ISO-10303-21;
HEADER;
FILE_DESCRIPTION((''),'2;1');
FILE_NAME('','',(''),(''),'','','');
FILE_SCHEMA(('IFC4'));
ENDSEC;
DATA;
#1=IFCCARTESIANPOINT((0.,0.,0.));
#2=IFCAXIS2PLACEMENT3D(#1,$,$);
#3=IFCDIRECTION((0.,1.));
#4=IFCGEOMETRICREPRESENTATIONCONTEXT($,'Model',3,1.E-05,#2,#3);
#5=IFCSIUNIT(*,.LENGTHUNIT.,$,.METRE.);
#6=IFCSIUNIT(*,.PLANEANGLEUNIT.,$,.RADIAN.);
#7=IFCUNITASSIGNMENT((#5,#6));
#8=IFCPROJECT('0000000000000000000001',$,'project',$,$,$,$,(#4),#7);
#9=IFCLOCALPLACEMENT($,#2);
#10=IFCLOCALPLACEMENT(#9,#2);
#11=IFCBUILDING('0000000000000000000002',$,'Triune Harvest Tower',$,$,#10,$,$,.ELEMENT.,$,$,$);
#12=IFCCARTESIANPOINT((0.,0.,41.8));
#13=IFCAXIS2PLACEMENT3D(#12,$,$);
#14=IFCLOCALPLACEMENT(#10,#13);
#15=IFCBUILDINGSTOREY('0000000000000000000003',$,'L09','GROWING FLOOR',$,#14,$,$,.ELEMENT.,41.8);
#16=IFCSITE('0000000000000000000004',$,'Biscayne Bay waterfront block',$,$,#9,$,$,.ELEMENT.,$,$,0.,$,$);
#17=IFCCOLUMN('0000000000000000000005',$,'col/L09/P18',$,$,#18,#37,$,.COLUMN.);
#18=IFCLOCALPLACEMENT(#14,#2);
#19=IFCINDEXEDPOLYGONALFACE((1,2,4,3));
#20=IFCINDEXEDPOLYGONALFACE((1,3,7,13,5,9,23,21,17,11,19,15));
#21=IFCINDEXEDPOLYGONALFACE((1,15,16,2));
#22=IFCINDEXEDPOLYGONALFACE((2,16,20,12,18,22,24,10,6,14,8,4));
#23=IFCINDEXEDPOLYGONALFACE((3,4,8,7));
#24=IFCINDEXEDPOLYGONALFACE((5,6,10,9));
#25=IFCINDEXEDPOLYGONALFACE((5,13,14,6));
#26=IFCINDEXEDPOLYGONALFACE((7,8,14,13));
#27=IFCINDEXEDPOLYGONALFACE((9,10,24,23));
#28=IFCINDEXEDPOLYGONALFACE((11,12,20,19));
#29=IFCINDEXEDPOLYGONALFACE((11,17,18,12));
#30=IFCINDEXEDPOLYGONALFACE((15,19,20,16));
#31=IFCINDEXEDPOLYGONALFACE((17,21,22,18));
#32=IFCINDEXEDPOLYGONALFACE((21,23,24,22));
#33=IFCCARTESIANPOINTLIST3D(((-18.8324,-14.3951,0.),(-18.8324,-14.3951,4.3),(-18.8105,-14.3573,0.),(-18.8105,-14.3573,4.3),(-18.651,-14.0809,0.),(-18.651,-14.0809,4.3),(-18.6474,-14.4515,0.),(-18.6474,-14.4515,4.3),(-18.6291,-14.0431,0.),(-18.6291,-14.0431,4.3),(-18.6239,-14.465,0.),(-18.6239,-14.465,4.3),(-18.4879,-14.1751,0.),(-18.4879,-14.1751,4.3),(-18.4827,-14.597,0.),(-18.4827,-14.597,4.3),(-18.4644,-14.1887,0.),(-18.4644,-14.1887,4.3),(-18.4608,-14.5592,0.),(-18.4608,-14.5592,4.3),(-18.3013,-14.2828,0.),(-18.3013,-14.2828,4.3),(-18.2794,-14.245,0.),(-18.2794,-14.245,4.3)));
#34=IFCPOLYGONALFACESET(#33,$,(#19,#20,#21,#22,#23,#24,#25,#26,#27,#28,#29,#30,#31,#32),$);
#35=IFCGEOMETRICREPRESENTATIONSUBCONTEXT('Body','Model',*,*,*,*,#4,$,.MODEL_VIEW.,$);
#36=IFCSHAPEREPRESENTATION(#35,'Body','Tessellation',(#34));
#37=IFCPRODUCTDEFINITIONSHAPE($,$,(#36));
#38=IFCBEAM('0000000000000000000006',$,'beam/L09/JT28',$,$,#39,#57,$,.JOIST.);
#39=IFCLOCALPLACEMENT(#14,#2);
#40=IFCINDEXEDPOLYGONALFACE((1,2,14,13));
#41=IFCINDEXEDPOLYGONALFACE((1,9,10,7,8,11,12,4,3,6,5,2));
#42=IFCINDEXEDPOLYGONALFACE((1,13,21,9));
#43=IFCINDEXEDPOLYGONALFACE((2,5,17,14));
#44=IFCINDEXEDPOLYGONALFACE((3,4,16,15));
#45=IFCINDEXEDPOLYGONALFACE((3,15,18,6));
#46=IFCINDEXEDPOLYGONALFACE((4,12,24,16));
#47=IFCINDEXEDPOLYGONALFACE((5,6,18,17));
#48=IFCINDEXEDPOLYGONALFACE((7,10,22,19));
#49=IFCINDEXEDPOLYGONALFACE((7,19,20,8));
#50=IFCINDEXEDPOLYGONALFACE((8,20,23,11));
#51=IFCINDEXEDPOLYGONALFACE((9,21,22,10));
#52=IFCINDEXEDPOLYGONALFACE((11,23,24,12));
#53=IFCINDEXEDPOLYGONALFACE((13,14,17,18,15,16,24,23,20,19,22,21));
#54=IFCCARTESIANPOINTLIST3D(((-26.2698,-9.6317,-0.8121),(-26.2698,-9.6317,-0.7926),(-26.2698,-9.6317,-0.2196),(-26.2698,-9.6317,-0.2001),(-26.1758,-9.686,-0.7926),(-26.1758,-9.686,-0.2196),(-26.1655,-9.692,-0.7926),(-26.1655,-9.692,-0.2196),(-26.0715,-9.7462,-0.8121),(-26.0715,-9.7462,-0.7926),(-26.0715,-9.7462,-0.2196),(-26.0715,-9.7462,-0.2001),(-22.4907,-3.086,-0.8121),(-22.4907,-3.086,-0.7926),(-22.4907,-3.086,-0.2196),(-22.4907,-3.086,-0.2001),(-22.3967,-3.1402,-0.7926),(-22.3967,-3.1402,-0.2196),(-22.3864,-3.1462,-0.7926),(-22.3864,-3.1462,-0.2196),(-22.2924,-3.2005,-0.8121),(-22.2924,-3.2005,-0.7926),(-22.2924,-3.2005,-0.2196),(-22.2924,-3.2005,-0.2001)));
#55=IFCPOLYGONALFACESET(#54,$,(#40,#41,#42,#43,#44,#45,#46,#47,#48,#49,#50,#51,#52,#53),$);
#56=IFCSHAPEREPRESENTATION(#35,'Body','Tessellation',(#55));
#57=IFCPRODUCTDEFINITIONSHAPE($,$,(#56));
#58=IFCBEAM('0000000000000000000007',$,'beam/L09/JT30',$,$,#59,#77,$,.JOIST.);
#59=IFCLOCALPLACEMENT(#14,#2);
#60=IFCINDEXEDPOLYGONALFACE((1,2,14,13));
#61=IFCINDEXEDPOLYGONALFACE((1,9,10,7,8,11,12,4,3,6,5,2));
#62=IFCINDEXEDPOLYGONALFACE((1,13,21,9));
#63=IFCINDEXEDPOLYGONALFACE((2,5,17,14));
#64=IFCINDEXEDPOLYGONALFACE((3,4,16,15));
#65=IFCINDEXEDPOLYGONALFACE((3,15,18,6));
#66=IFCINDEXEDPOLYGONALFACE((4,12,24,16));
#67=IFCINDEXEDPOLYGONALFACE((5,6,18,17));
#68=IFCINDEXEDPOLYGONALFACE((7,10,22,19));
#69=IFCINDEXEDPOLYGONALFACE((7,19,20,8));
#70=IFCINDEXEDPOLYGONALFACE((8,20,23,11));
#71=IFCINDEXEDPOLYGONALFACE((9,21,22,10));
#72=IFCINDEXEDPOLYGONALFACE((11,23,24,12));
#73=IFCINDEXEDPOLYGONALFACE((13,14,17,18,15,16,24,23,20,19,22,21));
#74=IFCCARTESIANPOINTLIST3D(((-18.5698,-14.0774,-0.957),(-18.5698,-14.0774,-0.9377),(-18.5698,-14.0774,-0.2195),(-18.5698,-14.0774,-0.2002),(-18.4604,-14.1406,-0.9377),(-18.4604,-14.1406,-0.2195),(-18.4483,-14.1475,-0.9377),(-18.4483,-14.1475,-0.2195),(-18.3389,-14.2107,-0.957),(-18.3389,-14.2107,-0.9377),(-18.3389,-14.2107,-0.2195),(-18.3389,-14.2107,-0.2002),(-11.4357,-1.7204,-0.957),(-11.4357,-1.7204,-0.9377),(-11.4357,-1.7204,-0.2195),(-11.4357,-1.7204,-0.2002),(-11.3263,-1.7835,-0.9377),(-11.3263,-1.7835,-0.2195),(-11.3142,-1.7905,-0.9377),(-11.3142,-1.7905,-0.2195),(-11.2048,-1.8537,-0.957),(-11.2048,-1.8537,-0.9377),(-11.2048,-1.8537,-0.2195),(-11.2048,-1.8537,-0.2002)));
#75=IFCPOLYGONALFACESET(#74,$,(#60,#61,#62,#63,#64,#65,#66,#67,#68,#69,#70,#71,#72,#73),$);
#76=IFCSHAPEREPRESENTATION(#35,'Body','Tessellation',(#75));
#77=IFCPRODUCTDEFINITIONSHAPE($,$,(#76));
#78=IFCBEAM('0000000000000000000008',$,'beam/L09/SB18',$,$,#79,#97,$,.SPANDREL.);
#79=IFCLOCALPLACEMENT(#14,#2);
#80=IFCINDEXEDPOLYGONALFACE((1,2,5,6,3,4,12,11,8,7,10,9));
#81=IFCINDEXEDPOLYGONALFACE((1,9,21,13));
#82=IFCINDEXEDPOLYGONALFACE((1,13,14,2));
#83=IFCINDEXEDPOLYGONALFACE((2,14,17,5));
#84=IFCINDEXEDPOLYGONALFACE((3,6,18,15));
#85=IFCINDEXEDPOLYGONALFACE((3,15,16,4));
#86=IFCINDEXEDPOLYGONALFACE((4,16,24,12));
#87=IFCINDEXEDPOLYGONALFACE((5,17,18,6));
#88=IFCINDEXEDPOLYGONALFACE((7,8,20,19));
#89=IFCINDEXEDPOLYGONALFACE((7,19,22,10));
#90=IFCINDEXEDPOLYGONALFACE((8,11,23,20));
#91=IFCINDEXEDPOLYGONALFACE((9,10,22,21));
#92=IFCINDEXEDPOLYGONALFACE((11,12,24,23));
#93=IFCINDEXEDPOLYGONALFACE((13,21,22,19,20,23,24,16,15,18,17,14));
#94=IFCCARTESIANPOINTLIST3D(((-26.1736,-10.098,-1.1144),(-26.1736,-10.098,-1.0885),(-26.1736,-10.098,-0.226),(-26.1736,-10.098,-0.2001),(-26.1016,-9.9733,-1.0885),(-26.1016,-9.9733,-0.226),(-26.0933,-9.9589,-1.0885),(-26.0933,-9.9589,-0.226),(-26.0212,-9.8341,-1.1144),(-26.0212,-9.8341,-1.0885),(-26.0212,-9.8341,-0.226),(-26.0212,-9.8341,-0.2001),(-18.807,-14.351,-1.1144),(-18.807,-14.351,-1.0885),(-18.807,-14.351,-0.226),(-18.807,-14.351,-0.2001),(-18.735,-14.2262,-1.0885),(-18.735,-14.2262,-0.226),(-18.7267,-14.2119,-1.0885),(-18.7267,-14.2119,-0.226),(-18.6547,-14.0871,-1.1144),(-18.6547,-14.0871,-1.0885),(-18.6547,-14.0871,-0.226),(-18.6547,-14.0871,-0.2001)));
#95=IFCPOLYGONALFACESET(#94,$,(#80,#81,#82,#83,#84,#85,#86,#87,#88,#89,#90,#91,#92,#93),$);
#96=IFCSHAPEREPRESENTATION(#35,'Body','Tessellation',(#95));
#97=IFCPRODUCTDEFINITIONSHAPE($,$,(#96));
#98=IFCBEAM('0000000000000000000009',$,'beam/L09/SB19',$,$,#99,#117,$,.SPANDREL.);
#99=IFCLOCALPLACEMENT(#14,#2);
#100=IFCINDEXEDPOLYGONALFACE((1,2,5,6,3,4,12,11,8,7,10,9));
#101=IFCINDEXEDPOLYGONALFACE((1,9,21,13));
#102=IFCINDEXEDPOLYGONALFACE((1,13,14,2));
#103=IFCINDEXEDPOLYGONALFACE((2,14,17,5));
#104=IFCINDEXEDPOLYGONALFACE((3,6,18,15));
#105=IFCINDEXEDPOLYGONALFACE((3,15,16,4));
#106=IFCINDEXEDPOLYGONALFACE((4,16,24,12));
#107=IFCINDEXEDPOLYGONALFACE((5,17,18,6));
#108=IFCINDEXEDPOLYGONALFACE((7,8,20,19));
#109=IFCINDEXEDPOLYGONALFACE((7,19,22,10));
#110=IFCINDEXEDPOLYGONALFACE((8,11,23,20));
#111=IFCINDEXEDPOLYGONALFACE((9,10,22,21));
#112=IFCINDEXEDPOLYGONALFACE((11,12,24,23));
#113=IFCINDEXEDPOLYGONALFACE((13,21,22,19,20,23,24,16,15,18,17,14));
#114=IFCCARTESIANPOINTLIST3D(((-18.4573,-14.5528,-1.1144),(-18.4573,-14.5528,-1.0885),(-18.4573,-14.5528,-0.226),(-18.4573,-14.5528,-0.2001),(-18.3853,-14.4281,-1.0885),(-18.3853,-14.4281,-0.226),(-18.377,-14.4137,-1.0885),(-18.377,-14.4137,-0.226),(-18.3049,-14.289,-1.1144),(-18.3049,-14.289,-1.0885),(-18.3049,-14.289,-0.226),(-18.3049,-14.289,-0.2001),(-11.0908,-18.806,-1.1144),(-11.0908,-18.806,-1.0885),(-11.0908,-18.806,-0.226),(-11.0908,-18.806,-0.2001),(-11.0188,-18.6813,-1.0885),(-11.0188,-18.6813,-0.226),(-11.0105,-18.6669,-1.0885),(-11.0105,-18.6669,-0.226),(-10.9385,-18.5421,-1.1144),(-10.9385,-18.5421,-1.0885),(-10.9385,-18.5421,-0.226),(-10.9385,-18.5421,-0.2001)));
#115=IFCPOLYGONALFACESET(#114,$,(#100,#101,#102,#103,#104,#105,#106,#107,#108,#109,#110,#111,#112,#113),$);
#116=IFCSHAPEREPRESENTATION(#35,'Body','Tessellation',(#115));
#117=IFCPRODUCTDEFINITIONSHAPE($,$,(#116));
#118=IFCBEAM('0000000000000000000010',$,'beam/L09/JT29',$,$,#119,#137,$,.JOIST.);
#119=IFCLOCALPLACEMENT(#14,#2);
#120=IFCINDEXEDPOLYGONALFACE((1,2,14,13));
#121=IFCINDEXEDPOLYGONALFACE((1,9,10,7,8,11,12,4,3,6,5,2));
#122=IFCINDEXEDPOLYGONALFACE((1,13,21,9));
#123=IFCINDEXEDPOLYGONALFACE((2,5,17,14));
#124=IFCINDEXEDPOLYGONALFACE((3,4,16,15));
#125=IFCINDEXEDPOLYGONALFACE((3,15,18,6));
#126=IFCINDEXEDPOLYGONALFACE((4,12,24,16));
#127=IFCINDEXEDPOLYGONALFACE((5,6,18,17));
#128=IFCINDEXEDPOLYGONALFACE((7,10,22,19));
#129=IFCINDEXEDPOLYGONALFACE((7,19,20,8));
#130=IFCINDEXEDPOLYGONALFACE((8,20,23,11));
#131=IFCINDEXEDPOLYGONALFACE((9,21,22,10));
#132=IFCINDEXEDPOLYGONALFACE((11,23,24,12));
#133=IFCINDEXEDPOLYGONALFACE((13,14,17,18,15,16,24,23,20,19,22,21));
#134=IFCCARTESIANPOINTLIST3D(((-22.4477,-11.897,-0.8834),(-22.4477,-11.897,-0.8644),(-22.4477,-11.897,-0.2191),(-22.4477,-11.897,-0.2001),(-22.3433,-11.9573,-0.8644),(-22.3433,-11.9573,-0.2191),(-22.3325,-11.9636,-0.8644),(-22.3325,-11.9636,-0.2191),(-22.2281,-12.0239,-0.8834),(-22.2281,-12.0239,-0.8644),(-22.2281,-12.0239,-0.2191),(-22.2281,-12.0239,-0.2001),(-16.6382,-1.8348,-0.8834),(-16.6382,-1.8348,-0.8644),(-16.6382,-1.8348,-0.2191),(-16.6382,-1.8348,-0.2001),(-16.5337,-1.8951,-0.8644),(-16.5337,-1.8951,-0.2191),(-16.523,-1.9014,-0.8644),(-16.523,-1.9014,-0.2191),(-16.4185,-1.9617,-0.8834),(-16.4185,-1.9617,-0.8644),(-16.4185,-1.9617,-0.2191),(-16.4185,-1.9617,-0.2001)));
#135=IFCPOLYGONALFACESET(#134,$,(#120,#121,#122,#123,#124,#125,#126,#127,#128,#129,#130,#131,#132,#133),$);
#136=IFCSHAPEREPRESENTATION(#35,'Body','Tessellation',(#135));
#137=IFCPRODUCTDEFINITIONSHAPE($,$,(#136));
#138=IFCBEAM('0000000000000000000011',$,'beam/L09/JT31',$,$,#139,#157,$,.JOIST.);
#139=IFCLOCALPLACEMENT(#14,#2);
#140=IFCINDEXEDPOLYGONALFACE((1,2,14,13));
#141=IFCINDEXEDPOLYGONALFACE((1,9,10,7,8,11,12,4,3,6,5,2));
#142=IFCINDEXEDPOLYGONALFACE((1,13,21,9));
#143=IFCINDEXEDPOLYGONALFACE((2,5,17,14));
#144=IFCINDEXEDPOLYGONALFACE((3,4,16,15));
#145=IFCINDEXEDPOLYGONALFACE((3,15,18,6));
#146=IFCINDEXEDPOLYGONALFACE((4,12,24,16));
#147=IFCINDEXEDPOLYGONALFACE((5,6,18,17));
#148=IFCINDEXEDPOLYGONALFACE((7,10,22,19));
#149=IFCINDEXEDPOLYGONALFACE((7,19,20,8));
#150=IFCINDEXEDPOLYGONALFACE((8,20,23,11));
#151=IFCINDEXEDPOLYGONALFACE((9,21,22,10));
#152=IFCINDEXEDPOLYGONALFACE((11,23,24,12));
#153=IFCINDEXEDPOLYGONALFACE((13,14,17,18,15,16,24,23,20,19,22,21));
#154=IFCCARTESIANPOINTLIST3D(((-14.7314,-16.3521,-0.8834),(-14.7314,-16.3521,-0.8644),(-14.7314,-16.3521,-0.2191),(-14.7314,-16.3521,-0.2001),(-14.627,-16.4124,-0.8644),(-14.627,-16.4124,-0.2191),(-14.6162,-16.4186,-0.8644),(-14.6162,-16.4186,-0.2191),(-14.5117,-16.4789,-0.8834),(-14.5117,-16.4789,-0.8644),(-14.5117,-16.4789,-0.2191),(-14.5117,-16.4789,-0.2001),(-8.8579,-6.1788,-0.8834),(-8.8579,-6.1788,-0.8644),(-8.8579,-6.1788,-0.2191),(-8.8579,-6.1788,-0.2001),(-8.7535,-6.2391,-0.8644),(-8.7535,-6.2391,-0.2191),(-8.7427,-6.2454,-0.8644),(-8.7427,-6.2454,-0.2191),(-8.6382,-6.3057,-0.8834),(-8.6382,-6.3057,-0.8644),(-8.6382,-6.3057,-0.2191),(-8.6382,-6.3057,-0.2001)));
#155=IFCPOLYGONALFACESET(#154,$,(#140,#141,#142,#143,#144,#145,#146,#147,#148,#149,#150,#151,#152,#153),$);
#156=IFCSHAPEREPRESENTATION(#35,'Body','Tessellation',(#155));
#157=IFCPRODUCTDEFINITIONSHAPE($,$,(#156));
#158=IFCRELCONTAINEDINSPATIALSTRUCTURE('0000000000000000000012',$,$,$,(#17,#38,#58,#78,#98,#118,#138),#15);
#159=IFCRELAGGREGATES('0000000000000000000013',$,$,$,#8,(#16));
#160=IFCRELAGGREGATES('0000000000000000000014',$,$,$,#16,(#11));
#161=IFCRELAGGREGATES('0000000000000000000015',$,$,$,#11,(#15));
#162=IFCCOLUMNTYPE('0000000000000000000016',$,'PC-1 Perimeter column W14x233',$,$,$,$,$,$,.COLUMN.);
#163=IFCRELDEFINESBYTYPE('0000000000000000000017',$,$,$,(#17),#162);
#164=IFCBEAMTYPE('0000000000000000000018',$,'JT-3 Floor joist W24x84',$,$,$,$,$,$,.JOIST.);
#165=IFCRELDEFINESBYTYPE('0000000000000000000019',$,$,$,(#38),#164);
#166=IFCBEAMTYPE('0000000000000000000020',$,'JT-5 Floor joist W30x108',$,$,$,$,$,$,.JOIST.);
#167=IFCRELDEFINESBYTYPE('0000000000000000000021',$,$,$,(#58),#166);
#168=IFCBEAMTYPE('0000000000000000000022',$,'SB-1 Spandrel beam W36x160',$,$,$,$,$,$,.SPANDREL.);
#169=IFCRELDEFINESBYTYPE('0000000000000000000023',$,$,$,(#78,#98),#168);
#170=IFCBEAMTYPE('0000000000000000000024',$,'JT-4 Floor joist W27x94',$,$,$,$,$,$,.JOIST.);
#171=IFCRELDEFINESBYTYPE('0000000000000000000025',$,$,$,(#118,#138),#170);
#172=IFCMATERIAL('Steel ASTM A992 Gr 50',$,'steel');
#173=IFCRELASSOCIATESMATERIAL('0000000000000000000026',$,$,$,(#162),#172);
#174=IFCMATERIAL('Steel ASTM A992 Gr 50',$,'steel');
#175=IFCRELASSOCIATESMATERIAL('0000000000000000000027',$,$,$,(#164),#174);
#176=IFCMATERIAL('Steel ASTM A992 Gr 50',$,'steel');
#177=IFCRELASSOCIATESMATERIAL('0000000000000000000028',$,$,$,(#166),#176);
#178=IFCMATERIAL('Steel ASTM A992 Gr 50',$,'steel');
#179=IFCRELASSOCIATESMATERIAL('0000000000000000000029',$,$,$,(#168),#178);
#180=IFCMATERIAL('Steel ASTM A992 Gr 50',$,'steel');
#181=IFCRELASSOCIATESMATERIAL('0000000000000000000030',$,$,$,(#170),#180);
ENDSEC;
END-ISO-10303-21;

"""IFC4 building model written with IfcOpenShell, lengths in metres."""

from ifc_helpers import new_model, si_unit, direction, frame, origin, origin_2d, place, context, subcontext, project, spatial, i_section, extrude, source, transform, mapped, material, material_profile, profile_set, type_object, element, save


model = new_model("IFC4")

# Units and contexts
model_context = context("Model", 3, precision=1e-05, world=origin(), true_north=direction((0.0, 1.0)))
body_context = subcontext(model_context, "Body", "Model", "MODEL_VIEW")
ifc_project = project(units=[si_unit("LENGTHUNIT", "METRE"), si_unit("PLANEANGLEUNIT", "RADIAN")], contexts=[model_context])

# Site, building, storey
site_placement = place(None, origin())
site = spatial("IfcSite", under=ifc_project, at=site_placement, Name="Biscayne Bay waterfront block", CompositionType="ELEMENT", RefElevation=0.0)
building_placement = place(site_placement, origin())
building = spatial("IfcBuilding", under=site, at=building_placement, Name="Triune Harvest Tower", CompositionType="ELEMENT")
storey_placement = place(building_placement, frame((0.0, 0.0, 41.8)))
storey = spatial("IfcBuildingStorey", under=building, at=storey_placement, Name="L09", Description="GROWING FLOOR", CompositionType="ELEMENT", Elevation=41.8)

# Column
ifc_material_1 = material(Name="Steel ASTM A992 Gr 50", Category="steel")
ifc_material_profile_1 = material_profile(ifc_material_1, i_section(OverallWidth=0.4038, OverallDepth=0.4065, WebThickness=0.0271, FlangeThickness=0.0437, at=origin_2d()), Name="W14x233")
ifc_profile_set_1 = profile_set([ifc_material_profile_1], Name="Steel ASTM A992 Gr 50")
column_type = type_object("IfcColumnType", Name="PC-1 Perimeter column W14x233", PredefinedType="COLUMN", material=ifc_profile_set_1)
shared_shape_1 = source(origin(), body_context, "Body", "SweptSolid", [
    extrude(i_section(OverallWidth=0.4038, OverallDepth=0.4065, WebThickness=0.0271, FlangeThickness=0.0437, at=origin_2d()), origin(), (0.0, 0.0, 1.0), 4.3),
])
column_placement = place(storey_placement, frame((-18.5559, -14.3201, 0.0), z_axis=(0.0, 0.0, 1.0), x_axis=(0.866025, -0.5, 0.0)))
element("IfcColumn", 1, at=column_placement, inside=storey, type_object=column_type, Name="col/L09/P18", PredefinedType="COLUMN", context=body_context, shape_type="MappedRepresentation", body=[
    mapped(shared_shape_1, transform((0.0, 0.0, 0.0), scale=1.0)),
])

# Beams
ifc_material_2 = material(Name="Steel ASTM A992 Gr 50", Category="steel")
ifc_material_profile_2 = material_profile(ifc_material_2, i_section(OverallWidth=0.229, OverallDepth=0.6121, WebThickness=0.012, FlangeThickness=0.0195, at=origin_2d()), Name="W24x84")
ifc_profile_set_2 = profile_set([ifc_material_profile_2], Name="Steel ASTM A992 Gr 50")
beam_type_1 = type_object("IfcBeamType", Name="JT-3 Floor joist W24x84", PredefinedType="JOIST", material=ifc_profile_set_2)
shared_shape_2 = source(origin(), body_context, "Body", "SweptSolid", [
    extrude(i_section(OverallWidth=0.229, OverallDepth=0.6121, WebThickness=0.012, FlangeThickness=0.0195, at=origin_2d()), origin(), (0.0, 0.0, 1.0), 7.5583),
])
beam_1_placement = place(storey_placement, frame((-26.1707, -9.689, -0.5061), z_axis=(0.499992, 0.86603, 0.0), x_axis=(-0.86603, 0.499992, 0.0)))
element("IfcBeam", 2, at=beam_1_placement, inside=storey, type_object=beam_type_1, Name="beam/L09/JT28", PredefinedType="JOIST", context=body_context, shape_type="MappedRepresentation", body=[
    mapped(shared_shape_2, transform((0.0, 0.0, 0.0), scale=1.0)),
])
ifc_material_3 = material(Name="Steel ASTM A992 Gr 50", Category="steel")
ifc_material_profile_3 = material_profile(ifc_material_3, i_section(OverallWidth=0.2666, OverallDepth=0.7568, WebThickness=0.0139, FlangeThickness=0.0193, at=origin_2d()), Name="W30x108")
ifc_profile_set_3 = profile_set([ifc_material_profile_3], Name="Steel ASTM A992 Gr 50")
beam_type_2 = type_object("IfcBeamType", Name="JT-5 Floor joist W30x108", PredefinedType="JOIST", material=ifc_profile_set_3)
shared_shape_3 = source(origin(), body_context, "Body", "SweptSolid", [
    extrude(i_section(OverallWidth=0.2666, OverallDepth=0.7568, WebThickness=0.0139, FlangeThickness=0.0193, at=origin_2d()), origin(), (0.0, 0.0, 1.0), 14.2686),
])
beam_2_placement = place(storey_placement, frame((-18.4543, -14.144, -0.5786), z_axis=(0.499987, 0.866033, 0.0), x_axis=(-0.866033, 0.499987, 0.0)))
element("IfcBeam", 3, at=beam_2_placement, inside=storey, type_object=beam_type_2, Name="beam/L09/JT30", PredefinedType="JOIST", context=body_context, shape_type="MappedRepresentation", body=[
    mapped(shared_shape_3, transform((0.0, 0.0, 0.0), scale=1.0)),
])
ifc_material_4 = material(Name="Steel ASTM A992 Gr 50", Category="steel")
ifc_material_profile_4 = material_profile(ifc_material_4, i_section(OverallWidth=0.3047, OverallDepth=0.9143, WebThickness=0.0166, FlangeThickness=0.0259, at=origin_2d()), Name="W36x160")
ifc_profile_set_4 = profile_set([ifc_material_profile_4], Name="Steel ASTM A992 Gr 50")
beam_type_3 = type_object("IfcBeamType", Name="SB-1 Spandrel beam W36x160", PredefinedType="SPANDREL", material=ifc_profile_set_4)
shared_shape_4 = source(origin(), body_context, "Body", "SweptSolid", [
    extrude(i_section(OverallWidth=0.3047, OverallDepth=0.9143, WebThickness=0.0166, FlangeThickness=0.0259, at=origin_2d()), origin(), (0.0, 0.0, 1.0), 8.5061),
])
for number, where, z_axis, x_axis, name in (
    (4, (-26.0974, -9.9661, -0.6572), (0.86603, -0.499992, 0.0), (0.499992, 0.86603, 0.0), "beam/L09/SB18"),
    (5, (-18.3811, -14.4209, -0.6572), (0.866018, -0.500013, 0.0), (0.500013, 0.866018, 0.0), "beam/L09/SB19"),
):
    element("IfcBeam", number, at=place(storey_placement, frame(where, z_axis=z_axis, x_axis=x_axis)), inside=storey, type_object=beam_type_3, Name=name, PredefinedType="SPANDREL", context=body_context, shape_type="MappedRepresentation", body=[
        mapped(shared_shape_4, transform((0.0, 0.0, 0.0), scale=1.0)),
    ])
ifc_material_5 = material(Name="Steel ASTM A992 Gr 50", Category="steel")
ifc_material_profile_5 = material_profile(ifc_material_5, i_section(OverallWidth=0.2537, OverallDepth=0.6833, WebThickness=0.0125, FlangeThickness=0.019, at=origin_2d()), Name="W27x94")
ifc_profile_set_5 = profile_set([ifc_material_profile_5], Name="Steel ASTM A992 Gr 50")
beam_type_4 = type_object("IfcBeamType", Name="JT-4 Floor joist W27x94", PredefinedType="JOIST", material=ifc_profile_set_5)
shared_shape_5 = source(origin(), body_context, "Body", "SweptSolid", [
    extrude(i_section(OverallWidth=0.2537, OverallDepth=0.6833, WebThickness=0.0125, FlangeThickness=0.019, at=origin_2d()), origin(), (0.0, 0.0, 1.0), 11.6189),
])
beam_3_placement = place(storey_placement, frame((-22.3379, -11.9604, -0.5417), z_axis=(0.500008, 0.866021, 0.0), x_axis=(-0.866021, 0.500008, 0.0)))
element("IfcBeam", 6, at=beam_3_placement, inside=storey, type_object=beam_type_4, Name="beam/L09/JT29", PredefinedType="JOIST", context=body_context, shape_type="MappedRepresentation", body=[
    mapped(shared_shape_5, transform((0.0, 0.0, 0.0), scale=1.0)),
])
shared_shape_6 = source(origin(), body_context, "Body", "SweptSolid", [
    extrude(i_section(OverallWidth=0.2537, OverallDepth=0.6833, WebThickness=0.0125, FlangeThickness=0.019, at=origin_2d()), origin(), (0.0, 0.0, 1.0), 11.7471),
])
beam_4_placement = place(storey_placement, frame((-14.6216, -16.4155, -0.5417), z_axis=(0.499997, 0.866027, 0.0), x_axis=(-0.866027, 0.499997, 0.0)))
element("IfcBeam", 7, at=beam_4_placement, inside=storey, type_object=beam_type_4, Name="beam/L09/JT31", PredefinedType="JOIST", context=body_context, shape_type="MappedRepresentation", body=[
    mapped(shared_shape_6, transform((0.0, 0.0, 0.0), scale=1.0)),
])

save(model, "model.ifc")
